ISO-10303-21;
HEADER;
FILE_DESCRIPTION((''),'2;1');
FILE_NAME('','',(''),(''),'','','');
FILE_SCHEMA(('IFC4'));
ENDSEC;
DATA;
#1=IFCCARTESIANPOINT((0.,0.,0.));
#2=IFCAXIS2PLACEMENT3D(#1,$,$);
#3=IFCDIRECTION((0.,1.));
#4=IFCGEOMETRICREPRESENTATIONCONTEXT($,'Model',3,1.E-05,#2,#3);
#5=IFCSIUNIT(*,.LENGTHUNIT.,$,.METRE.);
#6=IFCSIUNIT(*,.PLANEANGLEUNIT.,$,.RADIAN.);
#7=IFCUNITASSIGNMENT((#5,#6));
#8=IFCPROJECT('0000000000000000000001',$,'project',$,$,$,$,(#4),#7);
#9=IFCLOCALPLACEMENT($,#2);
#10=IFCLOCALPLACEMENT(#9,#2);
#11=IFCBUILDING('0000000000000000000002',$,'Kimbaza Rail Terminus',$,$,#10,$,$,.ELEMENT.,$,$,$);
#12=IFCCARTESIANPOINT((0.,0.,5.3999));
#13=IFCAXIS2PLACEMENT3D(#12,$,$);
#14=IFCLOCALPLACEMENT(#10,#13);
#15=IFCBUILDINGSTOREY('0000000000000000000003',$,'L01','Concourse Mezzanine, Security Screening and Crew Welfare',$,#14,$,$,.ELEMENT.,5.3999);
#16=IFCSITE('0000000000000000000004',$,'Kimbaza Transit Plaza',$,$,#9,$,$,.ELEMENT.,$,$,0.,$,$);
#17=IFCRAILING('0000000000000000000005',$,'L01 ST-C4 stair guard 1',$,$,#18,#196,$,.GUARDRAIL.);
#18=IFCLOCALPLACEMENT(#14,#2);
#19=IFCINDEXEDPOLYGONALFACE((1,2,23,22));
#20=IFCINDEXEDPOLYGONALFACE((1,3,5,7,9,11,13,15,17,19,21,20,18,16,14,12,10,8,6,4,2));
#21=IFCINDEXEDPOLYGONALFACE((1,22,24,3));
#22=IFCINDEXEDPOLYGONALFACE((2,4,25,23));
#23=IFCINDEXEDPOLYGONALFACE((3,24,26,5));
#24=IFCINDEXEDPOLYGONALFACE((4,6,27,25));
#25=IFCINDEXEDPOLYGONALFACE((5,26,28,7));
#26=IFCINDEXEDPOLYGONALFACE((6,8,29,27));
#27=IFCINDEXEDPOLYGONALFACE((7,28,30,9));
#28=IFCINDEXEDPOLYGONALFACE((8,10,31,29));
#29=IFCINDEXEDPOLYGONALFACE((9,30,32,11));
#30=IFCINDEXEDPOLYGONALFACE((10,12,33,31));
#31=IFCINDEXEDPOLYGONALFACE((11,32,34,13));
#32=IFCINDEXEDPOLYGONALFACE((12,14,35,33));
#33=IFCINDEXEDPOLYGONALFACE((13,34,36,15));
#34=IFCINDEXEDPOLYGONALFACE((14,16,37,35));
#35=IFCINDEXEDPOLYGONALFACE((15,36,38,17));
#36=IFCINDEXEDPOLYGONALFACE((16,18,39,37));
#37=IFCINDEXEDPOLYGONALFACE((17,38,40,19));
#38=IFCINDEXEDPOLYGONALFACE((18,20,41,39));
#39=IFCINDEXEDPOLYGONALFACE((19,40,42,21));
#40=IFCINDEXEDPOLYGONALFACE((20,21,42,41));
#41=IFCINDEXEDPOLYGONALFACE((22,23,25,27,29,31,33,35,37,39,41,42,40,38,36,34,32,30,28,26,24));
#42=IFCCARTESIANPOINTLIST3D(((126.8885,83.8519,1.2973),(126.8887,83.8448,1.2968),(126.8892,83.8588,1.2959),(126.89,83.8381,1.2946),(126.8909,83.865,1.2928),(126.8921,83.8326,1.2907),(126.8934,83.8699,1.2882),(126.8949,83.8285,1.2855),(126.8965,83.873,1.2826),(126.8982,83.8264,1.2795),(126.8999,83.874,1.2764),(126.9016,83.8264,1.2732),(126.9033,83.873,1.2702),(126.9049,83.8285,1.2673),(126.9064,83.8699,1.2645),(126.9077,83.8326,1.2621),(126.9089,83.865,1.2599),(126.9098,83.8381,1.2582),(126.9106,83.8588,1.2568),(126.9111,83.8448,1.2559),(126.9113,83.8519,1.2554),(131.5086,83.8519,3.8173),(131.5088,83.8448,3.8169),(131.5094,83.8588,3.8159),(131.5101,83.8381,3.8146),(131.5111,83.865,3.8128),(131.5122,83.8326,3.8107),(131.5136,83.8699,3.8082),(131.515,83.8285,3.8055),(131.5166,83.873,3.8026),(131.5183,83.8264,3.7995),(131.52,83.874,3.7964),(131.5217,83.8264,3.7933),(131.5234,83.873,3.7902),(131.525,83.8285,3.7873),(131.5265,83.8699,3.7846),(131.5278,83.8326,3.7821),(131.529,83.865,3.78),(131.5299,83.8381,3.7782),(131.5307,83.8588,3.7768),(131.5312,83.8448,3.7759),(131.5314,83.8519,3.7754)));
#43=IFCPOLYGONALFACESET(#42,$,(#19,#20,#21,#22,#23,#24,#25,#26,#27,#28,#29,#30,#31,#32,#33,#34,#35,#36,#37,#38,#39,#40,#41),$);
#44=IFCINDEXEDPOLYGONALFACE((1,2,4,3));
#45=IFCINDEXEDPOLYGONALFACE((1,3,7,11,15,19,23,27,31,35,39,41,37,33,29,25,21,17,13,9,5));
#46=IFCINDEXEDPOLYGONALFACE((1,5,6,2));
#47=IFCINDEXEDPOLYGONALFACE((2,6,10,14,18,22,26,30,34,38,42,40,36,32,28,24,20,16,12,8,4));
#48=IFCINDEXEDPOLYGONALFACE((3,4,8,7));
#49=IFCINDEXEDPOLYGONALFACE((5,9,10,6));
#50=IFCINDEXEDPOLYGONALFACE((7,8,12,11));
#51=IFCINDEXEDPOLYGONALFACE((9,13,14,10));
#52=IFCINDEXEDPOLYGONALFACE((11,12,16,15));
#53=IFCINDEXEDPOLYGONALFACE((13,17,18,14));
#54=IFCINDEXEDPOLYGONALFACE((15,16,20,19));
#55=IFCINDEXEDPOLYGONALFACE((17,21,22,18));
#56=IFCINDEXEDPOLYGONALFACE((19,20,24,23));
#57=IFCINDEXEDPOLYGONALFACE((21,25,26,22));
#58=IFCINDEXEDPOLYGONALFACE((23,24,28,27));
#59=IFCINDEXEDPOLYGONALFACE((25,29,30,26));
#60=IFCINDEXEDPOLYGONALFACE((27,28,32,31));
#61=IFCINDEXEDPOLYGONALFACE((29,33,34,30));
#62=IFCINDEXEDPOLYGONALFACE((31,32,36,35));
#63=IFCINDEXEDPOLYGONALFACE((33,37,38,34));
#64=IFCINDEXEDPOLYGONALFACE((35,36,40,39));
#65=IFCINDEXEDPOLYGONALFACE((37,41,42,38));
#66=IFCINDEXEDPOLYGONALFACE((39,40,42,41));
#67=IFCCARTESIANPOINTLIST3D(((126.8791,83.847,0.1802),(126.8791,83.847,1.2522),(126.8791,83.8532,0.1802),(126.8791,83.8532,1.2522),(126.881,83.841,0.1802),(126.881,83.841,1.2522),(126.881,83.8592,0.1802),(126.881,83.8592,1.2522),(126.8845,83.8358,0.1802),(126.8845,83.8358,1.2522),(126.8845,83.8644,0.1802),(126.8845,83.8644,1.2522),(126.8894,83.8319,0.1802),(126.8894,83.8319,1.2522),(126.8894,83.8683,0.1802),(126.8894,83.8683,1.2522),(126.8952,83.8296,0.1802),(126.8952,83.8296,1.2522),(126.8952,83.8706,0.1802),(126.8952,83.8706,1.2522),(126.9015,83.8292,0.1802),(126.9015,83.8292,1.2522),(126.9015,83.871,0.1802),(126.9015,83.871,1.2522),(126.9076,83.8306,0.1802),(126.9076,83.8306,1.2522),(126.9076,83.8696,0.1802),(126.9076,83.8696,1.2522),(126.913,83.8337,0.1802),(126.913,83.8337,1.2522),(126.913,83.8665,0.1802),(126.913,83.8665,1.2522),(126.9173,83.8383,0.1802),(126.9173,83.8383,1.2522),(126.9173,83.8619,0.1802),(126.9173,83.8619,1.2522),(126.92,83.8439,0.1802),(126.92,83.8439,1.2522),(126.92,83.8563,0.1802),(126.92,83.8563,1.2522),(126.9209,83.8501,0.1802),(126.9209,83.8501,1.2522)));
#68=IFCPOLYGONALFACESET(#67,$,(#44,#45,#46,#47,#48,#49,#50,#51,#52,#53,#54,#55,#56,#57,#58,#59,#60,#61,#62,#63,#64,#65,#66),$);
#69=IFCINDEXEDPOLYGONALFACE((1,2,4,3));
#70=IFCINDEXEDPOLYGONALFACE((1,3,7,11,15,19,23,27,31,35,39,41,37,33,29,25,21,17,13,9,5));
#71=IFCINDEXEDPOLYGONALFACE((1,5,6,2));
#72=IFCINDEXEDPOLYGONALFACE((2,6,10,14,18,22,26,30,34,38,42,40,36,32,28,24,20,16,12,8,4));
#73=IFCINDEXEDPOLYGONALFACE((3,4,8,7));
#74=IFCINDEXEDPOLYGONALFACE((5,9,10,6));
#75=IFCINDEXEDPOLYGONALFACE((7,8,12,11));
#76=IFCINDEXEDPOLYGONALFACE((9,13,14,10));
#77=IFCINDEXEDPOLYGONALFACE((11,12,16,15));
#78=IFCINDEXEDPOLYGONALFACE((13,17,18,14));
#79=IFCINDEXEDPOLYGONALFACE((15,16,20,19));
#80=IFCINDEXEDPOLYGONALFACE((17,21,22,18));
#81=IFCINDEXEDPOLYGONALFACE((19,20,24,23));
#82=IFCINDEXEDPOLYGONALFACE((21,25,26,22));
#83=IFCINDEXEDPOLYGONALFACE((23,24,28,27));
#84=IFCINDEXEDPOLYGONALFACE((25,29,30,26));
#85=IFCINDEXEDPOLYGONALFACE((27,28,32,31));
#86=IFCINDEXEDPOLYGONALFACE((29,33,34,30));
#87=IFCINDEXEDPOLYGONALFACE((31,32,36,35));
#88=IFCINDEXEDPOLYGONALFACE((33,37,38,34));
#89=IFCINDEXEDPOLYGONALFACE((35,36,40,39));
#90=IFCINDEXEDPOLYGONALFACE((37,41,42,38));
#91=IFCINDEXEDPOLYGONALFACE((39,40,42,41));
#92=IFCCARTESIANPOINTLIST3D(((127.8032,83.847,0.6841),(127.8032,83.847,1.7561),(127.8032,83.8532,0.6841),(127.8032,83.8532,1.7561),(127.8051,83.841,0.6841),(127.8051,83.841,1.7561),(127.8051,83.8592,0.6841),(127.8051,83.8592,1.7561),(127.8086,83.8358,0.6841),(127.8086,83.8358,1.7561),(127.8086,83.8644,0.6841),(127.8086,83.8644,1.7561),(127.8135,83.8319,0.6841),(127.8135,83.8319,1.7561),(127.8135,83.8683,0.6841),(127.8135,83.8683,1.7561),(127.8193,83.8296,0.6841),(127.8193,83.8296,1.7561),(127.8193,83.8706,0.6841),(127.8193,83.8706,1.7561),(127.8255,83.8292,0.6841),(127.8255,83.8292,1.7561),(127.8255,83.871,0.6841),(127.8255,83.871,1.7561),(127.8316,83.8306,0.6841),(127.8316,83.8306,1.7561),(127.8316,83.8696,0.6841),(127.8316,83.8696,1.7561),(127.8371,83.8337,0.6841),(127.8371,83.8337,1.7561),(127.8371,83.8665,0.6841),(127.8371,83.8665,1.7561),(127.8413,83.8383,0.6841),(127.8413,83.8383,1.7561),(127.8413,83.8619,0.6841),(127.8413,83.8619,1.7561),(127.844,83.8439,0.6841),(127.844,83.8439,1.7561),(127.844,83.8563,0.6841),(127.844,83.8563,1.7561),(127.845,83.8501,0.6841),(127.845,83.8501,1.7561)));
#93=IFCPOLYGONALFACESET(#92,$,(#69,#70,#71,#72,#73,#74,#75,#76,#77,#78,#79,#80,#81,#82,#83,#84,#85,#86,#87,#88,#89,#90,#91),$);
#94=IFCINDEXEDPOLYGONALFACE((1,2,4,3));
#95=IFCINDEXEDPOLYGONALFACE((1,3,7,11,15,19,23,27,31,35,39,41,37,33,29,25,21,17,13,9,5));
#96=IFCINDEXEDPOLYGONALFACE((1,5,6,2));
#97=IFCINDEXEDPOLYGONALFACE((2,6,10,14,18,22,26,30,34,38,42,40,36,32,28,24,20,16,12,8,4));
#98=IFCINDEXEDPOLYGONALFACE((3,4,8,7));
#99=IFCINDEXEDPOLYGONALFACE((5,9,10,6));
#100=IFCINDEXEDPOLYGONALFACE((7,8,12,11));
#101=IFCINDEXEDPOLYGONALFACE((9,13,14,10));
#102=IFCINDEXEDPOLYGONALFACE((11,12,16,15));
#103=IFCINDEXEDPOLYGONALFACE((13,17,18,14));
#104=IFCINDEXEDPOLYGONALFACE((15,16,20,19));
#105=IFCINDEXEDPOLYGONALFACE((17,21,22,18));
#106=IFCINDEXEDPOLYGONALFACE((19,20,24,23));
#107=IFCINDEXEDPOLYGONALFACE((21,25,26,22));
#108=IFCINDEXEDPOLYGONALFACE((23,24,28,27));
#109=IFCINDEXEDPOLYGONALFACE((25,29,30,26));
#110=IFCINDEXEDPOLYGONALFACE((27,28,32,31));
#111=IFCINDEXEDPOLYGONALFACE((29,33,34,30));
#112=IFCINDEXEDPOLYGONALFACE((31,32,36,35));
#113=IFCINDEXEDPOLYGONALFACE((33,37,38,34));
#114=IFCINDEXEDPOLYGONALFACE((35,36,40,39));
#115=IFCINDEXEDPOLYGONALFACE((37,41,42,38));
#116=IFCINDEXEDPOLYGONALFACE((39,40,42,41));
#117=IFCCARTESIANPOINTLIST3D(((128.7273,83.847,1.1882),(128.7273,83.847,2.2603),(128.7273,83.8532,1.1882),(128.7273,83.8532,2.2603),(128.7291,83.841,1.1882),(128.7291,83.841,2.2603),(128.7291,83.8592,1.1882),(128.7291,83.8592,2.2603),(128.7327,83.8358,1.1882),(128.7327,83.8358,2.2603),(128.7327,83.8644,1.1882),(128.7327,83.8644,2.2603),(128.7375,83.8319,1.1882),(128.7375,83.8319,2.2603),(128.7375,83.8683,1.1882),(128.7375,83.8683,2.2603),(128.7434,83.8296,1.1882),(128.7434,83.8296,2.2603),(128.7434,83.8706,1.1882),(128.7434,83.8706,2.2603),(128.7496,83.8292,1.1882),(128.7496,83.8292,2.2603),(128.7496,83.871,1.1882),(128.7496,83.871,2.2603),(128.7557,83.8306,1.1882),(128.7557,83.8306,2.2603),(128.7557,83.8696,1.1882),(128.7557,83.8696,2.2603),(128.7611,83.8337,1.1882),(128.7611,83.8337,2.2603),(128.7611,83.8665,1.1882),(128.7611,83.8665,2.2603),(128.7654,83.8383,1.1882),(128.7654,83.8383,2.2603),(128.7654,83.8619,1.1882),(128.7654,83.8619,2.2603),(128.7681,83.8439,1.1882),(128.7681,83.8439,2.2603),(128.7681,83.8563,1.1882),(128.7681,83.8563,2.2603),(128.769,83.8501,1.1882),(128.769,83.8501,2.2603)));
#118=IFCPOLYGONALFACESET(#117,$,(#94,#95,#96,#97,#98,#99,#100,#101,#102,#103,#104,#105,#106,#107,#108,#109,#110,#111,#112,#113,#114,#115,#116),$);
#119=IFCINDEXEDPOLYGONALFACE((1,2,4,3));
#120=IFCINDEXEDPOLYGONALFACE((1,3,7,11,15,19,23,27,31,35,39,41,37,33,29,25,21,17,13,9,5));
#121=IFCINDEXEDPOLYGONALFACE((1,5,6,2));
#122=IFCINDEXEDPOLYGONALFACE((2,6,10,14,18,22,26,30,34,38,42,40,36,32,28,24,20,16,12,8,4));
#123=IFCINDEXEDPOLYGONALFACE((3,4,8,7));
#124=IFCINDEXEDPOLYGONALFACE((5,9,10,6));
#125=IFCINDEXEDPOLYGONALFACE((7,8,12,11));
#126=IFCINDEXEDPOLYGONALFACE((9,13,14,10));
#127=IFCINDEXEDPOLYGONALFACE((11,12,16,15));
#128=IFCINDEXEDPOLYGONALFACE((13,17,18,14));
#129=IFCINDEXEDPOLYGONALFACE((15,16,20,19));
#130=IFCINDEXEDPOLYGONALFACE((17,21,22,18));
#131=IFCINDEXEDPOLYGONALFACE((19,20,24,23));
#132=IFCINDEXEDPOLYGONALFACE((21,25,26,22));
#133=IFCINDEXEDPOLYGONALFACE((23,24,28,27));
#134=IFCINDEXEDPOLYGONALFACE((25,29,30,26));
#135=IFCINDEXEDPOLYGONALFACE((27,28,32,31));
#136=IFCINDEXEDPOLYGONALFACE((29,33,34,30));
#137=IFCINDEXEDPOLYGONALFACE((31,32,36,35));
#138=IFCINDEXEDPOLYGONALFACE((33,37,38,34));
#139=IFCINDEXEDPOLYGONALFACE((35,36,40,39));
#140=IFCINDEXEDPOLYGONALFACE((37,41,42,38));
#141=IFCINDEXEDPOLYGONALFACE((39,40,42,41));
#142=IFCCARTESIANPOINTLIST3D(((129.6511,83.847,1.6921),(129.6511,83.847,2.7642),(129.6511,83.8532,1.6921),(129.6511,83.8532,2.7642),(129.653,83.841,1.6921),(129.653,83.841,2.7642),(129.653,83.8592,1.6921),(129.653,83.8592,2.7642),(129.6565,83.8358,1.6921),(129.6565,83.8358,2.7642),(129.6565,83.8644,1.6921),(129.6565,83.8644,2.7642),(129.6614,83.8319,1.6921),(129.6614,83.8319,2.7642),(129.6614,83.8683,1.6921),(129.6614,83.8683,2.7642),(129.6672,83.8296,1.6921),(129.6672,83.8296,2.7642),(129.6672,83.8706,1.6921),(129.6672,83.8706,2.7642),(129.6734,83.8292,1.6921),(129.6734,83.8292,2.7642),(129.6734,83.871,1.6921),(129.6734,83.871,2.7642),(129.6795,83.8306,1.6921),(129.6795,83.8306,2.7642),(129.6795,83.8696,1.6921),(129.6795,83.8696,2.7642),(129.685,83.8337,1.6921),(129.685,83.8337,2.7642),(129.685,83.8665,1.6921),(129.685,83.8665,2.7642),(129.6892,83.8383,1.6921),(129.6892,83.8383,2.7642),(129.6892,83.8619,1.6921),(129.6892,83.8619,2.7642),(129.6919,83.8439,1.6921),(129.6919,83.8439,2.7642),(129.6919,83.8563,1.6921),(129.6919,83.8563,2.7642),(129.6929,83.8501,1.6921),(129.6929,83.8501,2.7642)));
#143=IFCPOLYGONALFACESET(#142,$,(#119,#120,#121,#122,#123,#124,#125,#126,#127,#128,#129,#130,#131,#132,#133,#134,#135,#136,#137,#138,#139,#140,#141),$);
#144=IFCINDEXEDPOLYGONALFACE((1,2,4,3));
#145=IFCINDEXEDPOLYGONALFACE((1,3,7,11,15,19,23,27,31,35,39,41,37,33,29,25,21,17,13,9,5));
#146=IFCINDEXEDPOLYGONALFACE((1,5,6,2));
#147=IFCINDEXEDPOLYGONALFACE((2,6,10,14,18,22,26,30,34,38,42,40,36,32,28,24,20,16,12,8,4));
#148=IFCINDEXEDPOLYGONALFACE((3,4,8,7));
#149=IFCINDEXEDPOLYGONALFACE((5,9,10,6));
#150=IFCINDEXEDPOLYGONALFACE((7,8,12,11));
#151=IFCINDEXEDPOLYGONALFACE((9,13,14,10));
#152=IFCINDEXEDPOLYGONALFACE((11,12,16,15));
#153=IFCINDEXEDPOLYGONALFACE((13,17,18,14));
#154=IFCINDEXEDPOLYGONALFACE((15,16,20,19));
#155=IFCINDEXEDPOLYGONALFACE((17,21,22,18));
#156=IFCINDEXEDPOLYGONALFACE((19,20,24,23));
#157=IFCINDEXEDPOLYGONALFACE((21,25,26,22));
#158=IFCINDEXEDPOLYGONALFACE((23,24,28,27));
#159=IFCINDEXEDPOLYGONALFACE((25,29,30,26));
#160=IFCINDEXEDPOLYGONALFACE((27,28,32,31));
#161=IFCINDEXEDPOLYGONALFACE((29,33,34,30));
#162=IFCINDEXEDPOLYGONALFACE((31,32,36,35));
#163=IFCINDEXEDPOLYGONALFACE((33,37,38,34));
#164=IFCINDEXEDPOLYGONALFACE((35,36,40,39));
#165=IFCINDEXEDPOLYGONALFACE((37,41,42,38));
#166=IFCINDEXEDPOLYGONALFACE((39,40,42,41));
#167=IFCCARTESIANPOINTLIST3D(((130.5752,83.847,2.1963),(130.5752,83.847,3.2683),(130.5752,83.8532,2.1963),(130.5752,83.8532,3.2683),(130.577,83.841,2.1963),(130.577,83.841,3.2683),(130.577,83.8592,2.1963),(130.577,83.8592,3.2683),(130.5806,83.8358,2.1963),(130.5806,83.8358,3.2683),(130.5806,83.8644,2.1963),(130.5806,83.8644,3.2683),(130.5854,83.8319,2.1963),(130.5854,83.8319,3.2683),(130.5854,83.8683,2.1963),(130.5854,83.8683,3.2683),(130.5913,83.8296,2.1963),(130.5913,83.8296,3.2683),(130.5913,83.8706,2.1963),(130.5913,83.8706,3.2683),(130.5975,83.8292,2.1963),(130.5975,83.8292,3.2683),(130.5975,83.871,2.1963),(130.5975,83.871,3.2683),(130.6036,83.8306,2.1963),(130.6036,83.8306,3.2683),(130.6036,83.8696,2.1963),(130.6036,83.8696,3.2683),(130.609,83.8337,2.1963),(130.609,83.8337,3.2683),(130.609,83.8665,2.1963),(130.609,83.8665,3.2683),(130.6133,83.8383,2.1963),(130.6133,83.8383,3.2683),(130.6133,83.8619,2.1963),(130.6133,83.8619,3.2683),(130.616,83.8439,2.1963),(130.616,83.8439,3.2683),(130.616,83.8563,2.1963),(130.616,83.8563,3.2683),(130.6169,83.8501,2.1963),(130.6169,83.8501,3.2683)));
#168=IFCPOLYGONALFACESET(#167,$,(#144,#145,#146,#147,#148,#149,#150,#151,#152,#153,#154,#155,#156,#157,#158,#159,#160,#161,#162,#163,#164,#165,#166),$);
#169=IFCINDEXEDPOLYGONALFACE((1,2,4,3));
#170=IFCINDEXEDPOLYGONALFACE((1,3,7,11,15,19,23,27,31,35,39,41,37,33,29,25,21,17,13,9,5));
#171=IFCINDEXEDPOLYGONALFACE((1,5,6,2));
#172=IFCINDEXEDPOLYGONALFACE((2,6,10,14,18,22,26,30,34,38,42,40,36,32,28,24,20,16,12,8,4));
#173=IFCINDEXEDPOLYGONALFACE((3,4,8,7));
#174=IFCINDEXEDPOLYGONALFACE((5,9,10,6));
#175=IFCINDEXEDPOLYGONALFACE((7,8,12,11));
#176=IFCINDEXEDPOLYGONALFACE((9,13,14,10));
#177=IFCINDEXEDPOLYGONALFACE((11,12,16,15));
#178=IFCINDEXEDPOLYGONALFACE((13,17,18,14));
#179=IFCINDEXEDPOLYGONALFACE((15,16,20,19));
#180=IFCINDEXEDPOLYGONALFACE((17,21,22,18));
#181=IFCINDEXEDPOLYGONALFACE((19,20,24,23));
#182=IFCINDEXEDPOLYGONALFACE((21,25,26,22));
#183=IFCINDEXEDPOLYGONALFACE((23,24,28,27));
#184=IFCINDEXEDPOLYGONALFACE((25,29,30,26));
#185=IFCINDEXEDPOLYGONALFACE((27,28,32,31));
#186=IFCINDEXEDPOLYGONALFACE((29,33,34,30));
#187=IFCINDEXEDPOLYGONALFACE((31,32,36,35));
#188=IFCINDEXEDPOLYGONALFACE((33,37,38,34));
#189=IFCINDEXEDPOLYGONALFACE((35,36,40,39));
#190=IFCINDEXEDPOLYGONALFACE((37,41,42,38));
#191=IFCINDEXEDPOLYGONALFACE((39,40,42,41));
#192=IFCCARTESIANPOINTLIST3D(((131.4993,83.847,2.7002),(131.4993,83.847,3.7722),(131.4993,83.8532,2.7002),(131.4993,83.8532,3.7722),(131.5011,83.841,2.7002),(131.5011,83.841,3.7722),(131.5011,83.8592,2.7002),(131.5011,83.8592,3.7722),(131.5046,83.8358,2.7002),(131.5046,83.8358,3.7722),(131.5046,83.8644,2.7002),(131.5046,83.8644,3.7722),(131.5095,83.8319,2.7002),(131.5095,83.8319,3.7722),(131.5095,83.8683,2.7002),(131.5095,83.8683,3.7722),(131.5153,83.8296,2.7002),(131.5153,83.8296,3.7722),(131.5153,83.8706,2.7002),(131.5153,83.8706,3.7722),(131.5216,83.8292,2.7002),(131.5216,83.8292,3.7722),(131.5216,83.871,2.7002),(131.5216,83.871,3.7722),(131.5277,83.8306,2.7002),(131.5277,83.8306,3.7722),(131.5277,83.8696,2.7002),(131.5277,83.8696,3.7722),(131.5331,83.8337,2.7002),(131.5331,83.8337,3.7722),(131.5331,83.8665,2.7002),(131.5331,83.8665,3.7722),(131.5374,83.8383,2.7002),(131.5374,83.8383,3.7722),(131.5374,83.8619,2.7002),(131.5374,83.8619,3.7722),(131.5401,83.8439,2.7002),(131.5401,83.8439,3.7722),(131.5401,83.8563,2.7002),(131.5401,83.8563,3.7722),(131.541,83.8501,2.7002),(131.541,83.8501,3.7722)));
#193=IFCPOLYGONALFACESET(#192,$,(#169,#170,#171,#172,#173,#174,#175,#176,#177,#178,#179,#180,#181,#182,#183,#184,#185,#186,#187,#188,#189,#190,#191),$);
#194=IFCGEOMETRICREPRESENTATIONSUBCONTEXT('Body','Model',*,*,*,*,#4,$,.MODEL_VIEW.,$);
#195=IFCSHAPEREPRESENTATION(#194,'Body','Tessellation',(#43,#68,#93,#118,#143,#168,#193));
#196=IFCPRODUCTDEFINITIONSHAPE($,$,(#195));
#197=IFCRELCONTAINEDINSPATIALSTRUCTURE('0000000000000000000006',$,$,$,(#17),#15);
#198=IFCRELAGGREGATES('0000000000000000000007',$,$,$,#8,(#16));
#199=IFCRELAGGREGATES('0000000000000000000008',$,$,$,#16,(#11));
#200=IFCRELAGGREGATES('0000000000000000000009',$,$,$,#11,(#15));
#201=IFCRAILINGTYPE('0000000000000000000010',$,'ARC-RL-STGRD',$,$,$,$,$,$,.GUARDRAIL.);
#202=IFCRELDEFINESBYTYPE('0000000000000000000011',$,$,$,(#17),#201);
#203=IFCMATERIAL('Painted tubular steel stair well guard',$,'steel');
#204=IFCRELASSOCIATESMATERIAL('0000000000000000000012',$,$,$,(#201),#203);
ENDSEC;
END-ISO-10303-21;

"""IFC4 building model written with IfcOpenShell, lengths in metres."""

from ifc_helpers import new_model, si_unit, direction, frame, origin, origin_2d, place, context, subcontext, project, spatial, circle, extrude, material, type_object, element, save


model = new_model("IFC4")

# Units and contexts
model_context = context("Model", 3, precision=1e-05, world=origin(), true_north=direction((0.0, 1.0)))
body_context = subcontext(model_context, "Body", "Model", "MODEL_VIEW")
ifc_project = project(units=[si_unit("LENGTHUNIT", "METRE"), si_unit("PLANEANGLEUNIT", "RADIAN")], contexts=[model_context])

# Site, building, storey
site_placement = place(None, origin())
site = spatial("IfcSite", under=ifc_project, at=site_placement, Name="Kimbaza Transit Plaza", CompositionType="ELEMENT", RefElevation=0.0)
building_placement = place(site_placement, origin())
building = spatial("IfcBuilding", under=site, at=building_placement, Name="Kimbaza Rail Terminus", CompositionType="ELEMENT")
storey_placement = place(building_placement, frame((0.0, 0.0, 5.3999)))
storey = spatial("IfcBuildingStorey", under=building, at=storey_placement, Name="L01", Description="Concourse Mezzanine, Security Screening and Crew Welfare", CompositionType="ELEMENT", Elevation=5.3999)

# Railing
ifc_material_1 = material(Name="Painted tubular steel stair well guard", Category="steel")
railing_type_1 = type_object("IfcRailingType", Name="ARC-RL-STGRD", PredefinedType="GUARDRAIL", material=ifc_material_1)
railing_1_placement = place(storey_placement, frame((126.8999, 83.8501, 0.1802)))
element("IfcRailing", 1, at=railing_1_placement, inside=storey, type_object=railing_type_1, Name="L01 ST-C4 stair guard 1", PredefinedType="GUARDRAIL", context=body_context, shape_type="SweptSolid", body=[
    extrude(circle(Radius=0.0239, at=origin_2d()), frame((0.0, 0.0, 1.0962), z_axis=(0.877899, 0.0, 0.478846), x_axis=(0.0, 1.0, 0.0)), (0.0, 0.0, 1.0), 5.2627),
    extrude(circle(Radius=0.021, at=origin_2d()), origin(), (0.0, 0.0, 1.0), 1.072),
    extrude(circle(Radius=0.021, at=origin_2d()), frame((0.9241, 0.0, 0.5039)), (0.0, 0.0, 1.0), 1.072),
    extrude(circle(Radius=0.021, at=origin_2d()), frame((1.8481, 0.0, 1.0081)), (0.0, 0.0, 1.0), 1.072),
    extrude(circle(Radius=0.021, at=origin_2d()), frame((2.772, 0.0, 1.512)), (0.0, 0.0, 1.0), 1.072),
    extrude(circle(Radius=0.021, at=origin_2d()), frame((3.696, 0.0, 2.0161)), (0.0, 0.0, 1.0), 1.072),
    extrude(circle(Radius=0.021, at=origin_2d()), frame((4.6201, 0.0, 2.52)), (0.0, 0.0, 1.0), 1.072),
])

save(model, "model.ifc")
